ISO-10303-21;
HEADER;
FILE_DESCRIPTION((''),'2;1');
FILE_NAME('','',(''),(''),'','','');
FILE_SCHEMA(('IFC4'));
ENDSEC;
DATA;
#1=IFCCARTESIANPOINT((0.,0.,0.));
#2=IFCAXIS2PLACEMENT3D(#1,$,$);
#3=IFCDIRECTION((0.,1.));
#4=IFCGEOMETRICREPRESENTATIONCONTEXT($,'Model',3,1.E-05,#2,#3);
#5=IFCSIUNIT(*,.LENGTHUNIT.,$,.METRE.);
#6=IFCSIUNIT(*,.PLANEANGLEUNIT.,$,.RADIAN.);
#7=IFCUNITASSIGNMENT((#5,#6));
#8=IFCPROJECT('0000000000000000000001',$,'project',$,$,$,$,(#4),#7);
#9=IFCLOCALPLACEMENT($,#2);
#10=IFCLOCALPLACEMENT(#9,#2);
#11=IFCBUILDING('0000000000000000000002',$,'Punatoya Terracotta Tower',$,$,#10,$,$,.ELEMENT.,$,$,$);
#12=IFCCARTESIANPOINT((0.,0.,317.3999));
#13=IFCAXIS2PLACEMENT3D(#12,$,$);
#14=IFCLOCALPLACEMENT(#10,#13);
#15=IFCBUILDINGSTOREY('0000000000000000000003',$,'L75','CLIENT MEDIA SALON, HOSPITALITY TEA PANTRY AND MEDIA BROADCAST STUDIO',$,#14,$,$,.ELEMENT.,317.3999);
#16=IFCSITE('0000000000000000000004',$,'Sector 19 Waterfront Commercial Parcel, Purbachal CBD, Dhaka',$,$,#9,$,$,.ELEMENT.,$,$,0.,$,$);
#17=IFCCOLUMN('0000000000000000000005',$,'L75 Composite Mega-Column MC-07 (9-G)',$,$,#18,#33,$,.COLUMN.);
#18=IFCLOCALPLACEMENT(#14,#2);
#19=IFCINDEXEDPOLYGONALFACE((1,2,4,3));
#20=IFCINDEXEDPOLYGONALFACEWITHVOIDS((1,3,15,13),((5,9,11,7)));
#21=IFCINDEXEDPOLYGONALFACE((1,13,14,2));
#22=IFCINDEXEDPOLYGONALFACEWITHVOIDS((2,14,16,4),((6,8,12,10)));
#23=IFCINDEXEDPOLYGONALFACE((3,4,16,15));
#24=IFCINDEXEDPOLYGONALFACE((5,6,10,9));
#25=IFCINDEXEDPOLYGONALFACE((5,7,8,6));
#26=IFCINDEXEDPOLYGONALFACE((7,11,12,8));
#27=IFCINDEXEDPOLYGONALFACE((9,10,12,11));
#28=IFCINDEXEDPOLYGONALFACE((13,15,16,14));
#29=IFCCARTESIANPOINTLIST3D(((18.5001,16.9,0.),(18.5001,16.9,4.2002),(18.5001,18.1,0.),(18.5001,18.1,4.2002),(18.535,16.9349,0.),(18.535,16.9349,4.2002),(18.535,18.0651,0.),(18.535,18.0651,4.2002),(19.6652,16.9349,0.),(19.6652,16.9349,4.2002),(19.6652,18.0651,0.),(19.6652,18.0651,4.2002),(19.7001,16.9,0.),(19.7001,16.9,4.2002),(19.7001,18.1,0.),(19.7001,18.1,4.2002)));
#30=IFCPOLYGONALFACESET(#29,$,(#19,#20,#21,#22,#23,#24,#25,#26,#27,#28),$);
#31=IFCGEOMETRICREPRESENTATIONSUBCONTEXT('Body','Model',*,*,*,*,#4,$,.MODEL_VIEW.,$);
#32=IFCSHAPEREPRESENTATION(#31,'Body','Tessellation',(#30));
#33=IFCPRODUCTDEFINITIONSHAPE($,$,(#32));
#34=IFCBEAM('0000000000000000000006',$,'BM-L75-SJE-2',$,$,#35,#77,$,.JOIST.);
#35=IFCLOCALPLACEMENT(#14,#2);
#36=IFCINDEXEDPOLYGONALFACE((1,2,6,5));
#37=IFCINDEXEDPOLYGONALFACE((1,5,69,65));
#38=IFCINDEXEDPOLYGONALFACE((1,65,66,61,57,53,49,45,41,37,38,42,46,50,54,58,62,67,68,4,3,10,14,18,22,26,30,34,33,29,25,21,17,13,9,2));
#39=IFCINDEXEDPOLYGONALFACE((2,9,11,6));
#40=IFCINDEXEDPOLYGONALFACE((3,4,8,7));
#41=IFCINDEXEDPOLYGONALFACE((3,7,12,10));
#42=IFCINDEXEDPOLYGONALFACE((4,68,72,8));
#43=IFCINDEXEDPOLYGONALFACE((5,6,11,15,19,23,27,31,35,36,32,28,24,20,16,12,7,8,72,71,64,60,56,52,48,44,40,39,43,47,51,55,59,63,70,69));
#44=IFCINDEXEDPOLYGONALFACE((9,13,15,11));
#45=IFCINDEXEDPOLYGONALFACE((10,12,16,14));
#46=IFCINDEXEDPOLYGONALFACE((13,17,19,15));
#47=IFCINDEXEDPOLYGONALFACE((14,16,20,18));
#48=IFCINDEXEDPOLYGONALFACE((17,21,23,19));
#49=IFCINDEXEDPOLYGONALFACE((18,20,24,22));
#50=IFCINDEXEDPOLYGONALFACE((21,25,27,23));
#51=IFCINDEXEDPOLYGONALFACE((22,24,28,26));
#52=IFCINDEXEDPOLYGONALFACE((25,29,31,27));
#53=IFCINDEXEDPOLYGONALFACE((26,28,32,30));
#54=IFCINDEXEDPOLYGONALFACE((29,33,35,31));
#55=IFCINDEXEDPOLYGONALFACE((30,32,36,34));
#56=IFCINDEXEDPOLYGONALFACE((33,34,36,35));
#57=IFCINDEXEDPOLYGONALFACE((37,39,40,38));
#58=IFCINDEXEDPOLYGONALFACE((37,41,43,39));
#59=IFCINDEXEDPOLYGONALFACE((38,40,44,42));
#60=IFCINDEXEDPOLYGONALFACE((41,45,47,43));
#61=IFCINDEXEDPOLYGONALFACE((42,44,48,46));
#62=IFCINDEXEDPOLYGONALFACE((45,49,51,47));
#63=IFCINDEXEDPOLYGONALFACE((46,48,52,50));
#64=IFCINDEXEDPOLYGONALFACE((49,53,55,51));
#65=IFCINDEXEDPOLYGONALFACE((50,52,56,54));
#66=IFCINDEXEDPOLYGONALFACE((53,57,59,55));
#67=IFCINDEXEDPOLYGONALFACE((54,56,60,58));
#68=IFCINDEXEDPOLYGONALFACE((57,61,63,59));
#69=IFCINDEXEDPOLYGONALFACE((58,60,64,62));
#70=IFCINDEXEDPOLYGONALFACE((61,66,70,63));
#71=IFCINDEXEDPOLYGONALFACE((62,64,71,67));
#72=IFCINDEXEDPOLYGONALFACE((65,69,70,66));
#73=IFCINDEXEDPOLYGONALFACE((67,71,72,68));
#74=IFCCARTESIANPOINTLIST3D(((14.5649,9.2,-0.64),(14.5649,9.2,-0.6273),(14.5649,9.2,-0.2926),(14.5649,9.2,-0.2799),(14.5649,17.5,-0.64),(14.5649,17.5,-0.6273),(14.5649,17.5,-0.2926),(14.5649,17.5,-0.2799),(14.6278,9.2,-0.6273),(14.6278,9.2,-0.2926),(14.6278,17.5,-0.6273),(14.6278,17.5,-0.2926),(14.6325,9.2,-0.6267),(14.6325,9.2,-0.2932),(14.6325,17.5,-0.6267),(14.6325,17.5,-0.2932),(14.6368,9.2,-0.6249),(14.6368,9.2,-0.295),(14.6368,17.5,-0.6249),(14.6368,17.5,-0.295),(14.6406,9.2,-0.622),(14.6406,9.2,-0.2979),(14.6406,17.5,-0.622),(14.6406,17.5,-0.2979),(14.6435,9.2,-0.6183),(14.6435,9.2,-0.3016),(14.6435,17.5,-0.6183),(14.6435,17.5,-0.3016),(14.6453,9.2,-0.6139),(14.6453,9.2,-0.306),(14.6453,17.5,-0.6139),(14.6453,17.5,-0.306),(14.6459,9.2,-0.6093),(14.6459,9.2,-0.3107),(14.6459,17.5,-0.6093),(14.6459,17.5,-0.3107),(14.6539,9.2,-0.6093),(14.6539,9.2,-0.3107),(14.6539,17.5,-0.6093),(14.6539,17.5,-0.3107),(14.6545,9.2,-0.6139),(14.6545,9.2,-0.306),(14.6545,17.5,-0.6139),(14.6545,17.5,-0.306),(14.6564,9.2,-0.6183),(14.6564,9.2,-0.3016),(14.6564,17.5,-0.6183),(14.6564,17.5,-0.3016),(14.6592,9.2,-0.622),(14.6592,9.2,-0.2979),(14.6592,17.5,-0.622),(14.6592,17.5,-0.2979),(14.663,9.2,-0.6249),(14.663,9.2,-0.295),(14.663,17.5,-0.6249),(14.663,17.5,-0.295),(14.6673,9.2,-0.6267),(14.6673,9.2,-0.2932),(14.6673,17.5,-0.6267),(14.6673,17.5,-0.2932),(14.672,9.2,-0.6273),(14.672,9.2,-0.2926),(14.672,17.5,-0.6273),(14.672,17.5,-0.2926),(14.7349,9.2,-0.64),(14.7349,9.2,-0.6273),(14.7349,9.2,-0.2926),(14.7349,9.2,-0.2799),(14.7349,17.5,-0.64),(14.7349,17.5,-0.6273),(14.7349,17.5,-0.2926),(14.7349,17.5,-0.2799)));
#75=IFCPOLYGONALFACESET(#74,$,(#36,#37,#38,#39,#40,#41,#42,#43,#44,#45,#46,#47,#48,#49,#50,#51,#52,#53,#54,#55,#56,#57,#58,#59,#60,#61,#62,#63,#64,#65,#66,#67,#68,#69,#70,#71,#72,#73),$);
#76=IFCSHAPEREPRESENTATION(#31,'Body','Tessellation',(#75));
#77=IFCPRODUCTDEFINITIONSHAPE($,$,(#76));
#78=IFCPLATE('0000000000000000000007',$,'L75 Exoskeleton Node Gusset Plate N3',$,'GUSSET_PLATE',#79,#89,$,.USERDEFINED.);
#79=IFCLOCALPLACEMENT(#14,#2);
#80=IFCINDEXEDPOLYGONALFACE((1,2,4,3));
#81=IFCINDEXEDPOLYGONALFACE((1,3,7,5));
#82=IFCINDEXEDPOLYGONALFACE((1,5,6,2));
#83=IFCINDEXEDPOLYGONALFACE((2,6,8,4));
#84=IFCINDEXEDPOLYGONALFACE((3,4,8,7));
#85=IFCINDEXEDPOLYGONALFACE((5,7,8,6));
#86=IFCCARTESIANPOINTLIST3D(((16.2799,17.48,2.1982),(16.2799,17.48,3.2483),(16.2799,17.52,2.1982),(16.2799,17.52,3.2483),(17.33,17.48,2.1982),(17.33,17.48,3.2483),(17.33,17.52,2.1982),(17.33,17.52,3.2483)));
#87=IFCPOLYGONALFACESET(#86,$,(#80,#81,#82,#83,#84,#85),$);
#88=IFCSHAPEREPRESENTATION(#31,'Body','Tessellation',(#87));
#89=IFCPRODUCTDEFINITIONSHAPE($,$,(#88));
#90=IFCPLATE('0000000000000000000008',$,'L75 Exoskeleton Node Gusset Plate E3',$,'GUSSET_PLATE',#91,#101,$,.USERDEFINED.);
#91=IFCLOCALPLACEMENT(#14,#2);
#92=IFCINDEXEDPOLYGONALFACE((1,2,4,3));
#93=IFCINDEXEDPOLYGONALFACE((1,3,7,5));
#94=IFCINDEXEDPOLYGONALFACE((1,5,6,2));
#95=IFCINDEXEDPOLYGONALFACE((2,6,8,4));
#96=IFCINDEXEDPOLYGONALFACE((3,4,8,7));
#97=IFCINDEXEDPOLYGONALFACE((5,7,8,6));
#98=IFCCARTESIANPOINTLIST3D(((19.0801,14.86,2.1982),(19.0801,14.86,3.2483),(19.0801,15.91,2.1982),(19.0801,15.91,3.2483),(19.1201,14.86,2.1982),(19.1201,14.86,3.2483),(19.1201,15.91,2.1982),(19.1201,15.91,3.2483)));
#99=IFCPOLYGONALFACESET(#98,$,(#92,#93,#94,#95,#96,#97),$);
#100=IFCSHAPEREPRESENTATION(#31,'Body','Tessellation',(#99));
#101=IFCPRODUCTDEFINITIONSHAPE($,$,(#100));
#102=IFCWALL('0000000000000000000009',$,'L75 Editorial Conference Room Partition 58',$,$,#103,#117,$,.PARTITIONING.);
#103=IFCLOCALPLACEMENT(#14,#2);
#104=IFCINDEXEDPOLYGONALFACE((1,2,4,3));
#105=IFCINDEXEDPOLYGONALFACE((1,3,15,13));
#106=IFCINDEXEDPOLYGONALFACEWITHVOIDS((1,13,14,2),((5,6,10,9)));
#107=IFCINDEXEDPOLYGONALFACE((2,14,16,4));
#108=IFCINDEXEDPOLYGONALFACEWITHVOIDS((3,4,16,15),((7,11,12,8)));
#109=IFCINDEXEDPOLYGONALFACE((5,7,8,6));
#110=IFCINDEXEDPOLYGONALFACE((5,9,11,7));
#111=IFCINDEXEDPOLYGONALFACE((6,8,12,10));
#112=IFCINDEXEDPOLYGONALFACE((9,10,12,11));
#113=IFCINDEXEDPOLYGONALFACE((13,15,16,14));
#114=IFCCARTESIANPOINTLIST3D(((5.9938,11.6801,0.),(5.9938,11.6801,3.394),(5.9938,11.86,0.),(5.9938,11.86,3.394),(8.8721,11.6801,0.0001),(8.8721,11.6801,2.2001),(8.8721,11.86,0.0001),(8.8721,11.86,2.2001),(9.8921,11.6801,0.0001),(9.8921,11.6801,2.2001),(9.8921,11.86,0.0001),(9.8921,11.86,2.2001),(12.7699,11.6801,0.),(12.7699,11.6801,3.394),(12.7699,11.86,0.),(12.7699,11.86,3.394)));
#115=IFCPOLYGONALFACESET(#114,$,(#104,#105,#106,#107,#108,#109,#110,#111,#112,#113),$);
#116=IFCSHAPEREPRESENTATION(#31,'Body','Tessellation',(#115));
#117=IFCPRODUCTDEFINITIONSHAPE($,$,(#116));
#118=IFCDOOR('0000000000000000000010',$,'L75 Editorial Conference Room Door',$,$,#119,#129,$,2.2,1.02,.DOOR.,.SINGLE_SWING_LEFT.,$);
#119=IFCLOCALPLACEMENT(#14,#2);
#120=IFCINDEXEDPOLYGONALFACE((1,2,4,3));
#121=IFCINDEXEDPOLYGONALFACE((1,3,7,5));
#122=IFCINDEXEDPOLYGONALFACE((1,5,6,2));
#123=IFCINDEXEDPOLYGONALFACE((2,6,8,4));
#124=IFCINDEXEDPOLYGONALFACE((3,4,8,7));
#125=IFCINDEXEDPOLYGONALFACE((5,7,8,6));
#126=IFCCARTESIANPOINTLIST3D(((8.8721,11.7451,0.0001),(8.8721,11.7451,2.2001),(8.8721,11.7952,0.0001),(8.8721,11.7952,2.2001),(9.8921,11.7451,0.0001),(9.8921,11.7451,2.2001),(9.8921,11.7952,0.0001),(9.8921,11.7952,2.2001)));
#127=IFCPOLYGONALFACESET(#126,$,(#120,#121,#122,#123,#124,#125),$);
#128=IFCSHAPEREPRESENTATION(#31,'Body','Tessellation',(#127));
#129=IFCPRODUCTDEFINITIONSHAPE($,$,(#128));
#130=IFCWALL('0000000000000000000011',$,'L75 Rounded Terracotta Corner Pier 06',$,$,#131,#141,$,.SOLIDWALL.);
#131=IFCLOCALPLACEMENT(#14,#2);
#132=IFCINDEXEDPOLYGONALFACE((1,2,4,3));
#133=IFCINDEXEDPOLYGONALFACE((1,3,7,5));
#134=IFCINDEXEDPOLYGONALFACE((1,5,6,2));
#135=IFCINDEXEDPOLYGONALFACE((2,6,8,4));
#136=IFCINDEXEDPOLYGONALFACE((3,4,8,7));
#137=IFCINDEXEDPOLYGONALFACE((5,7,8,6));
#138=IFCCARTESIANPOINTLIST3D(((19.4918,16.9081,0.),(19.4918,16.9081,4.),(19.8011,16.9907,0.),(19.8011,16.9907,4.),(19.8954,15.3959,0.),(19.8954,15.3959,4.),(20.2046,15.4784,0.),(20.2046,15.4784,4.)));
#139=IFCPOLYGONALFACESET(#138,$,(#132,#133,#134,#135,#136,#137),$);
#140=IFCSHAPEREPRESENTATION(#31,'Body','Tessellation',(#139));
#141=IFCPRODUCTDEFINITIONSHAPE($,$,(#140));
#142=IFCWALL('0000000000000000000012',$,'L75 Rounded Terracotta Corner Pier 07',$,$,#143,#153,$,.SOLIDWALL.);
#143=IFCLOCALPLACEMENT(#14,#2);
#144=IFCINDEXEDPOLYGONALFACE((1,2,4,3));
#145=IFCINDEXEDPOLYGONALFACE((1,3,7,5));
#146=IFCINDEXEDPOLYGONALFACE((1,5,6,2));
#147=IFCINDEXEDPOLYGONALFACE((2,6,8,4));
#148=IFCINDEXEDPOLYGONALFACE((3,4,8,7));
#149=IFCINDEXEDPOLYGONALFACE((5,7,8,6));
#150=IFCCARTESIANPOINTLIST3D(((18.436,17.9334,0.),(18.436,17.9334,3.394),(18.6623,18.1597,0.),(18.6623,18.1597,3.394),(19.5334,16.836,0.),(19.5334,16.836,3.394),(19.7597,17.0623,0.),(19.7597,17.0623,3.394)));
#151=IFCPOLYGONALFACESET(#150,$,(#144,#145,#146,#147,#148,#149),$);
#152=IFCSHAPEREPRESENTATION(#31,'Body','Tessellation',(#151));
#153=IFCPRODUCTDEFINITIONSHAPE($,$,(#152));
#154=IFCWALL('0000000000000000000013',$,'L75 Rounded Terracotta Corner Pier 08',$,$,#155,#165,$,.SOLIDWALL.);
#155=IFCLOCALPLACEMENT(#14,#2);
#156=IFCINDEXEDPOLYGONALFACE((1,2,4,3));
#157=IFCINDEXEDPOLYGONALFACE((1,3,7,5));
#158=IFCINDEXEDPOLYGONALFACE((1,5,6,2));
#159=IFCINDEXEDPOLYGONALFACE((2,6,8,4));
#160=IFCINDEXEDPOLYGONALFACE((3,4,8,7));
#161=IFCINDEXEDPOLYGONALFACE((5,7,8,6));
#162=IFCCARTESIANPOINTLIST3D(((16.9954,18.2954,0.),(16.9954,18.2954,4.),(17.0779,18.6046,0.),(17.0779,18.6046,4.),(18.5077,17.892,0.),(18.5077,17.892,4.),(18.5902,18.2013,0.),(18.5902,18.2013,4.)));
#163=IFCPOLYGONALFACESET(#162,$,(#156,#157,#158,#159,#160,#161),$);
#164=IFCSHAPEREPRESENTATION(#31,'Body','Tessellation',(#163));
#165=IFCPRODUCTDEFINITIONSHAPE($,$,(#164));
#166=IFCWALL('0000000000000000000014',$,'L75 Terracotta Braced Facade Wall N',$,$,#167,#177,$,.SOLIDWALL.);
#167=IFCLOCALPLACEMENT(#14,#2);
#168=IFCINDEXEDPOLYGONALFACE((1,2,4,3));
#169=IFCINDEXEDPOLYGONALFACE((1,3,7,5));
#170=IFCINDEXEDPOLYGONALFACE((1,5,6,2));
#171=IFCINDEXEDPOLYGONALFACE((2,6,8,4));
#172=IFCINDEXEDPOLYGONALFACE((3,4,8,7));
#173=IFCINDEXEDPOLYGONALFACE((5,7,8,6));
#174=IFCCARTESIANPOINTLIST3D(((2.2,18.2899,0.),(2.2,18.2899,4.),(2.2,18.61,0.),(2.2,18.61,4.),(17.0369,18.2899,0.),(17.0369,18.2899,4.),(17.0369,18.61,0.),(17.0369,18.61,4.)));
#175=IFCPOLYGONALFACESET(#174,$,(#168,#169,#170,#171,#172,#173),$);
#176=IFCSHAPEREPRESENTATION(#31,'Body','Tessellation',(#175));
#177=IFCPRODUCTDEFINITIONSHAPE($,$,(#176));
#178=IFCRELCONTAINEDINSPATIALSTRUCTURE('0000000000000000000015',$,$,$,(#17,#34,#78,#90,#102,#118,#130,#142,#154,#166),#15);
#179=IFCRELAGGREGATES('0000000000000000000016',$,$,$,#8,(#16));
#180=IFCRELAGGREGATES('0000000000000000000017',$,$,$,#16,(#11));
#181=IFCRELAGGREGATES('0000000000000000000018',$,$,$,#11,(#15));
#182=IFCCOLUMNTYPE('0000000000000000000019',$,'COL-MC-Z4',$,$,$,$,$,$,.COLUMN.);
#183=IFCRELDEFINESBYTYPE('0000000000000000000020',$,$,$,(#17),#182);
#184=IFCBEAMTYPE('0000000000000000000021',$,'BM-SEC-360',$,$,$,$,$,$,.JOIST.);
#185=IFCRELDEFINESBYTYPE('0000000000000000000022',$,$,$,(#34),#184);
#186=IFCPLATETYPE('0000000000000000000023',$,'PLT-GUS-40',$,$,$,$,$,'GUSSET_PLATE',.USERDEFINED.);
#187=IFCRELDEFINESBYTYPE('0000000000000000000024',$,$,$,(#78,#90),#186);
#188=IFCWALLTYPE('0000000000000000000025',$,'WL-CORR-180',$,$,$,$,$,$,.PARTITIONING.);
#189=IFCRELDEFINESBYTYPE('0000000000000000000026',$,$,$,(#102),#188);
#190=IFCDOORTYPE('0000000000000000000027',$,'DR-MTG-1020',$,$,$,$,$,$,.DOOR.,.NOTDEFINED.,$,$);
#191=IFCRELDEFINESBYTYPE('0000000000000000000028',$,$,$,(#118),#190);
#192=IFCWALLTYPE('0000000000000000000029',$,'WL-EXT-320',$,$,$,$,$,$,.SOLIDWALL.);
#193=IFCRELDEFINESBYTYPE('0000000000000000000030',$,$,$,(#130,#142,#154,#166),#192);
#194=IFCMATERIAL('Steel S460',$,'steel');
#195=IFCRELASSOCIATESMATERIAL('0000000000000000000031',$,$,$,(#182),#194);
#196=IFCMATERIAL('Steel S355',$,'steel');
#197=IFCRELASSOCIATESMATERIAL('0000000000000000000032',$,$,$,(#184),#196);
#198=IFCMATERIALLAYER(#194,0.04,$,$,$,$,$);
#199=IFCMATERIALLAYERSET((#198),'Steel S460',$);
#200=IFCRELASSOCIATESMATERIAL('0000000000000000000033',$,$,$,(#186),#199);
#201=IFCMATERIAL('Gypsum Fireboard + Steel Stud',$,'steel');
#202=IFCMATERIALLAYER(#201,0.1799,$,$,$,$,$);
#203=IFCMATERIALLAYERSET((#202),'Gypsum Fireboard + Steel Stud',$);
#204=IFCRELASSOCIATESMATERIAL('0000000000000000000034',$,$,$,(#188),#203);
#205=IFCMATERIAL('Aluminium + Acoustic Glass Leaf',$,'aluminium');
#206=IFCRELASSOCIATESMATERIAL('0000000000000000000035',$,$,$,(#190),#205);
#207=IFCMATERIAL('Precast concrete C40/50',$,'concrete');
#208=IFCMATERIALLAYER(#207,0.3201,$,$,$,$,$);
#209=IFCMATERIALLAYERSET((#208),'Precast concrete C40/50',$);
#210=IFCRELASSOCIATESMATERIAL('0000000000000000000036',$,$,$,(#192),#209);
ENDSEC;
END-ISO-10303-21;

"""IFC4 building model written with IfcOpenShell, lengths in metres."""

from ifc_helpers import new_model, si_unit, direction, frame, frame_2d, origin, origin_2d, place, context, subcontext, project, spatial, rectangle, hollow_rectangle, i_section, extrude, material, layer, layer_set, material_profile, profile_set, type_object, element, fill, save


model = new_model("IFC4")

# Units and contexts
model_context = context("Model", 3, precision=1e-05, world=origin(), true_north=direction((0.0, 1.0)))
body_context = subcontext(model_context, "Body", "Model", "MODEL_VIEW")
ifc_project = project(units=[si_unit("LENGTHUNIT", "METRE"), si_unit("PLANEANGLEUNIT", "RADIAN")], contexts=[model_context])

# Site, building, storey
site_placement = place(None, origin())
site = spatial("IfcSite", under=ifc_project, at=site_placement, Name="Sector 19 Waterfront Commercial Parcel, Purbachal CBD, Dhaka", CompositionType="ELEMENT", RefElevation=0.0)
building_placement = place(site_placement, origin())
building = spatial("IfcBuilding", under=site, at=building_placement, Name="Punatoya Terracotta Tower", CompositionType="ELEMENT")
storey_placement = place(building_placement, frame((0.0, 0.0, 317.3999)))
storey = spatial("IfcBuildingStorey", under=building, at=storey_placement, Name="L75", Description="CLIENT MEDIA SALON, HOSPITALITY TEA PANTRY AND MEDIA BROADCAST STUDIO", CompositionType="ELEMENT", Elevation=317.3999)

# Column
ifc_material_1 = material(Name="Steel S460", Category="steel")
ifc_material_profile_1 = material_profile(ifc_material_1, hollow_rectangle(XDim=1.2, YDim=1.2, WallThickness=0.0349, at=origin_2d()))
ifc_profile_set_1 = profile_set([ifc_material_profile_1], Name="Steel S460")
column_type = type_object("IfcColumnType", Name="COL-MC-Z4", PredefinedType="COLUMN", material=ifc_profile_set_1)
column_placement = place(storey_placement, frame((19.1001, 17.5, 0.0), z_axis=(0.0, 0.0, 1.0), x_axis=(1.0, 0.0, 0.0)))
element("IfcColumn", 1, at=column_placement, inside=storey, type_object=column_type, Name="L75 Composite Mega-Column MC-07 (9-G)", PredefinedType="COLUMN", context=body_context, shape_type="SweptSolid", body=[
    extrude(hollow_rectangle(XDim=1.2, YDim=1.2, WallThickness=0.0349, at=origin_2d()), origin(), (0.0, 0.0, 1.0), 4.2002),
])

# Beam
ifc_material_2 = material(Name="Steel S355", Category="steel")
ifc_material_profile_2 = material_profile(ifc_material_2, i_section(OverallWidth=0.1699, OverallDepth=0.3601, WebThickness=0.0081, FlangeThickness=0.0127, FilletRadius=0.0181, at=origin_2d()))
ifc_profile_set_2 = profile_set([ifc_material_profile_2], Name="Steel S355")
beam_type = type_object("IfcBeamType", Name="BM-SEC-360", PredefinedType="JOIST", material=ifc_profile_set_2)
beam_placement = place(storey_placement, frame((14.6499, 9.2, -0.46), z_axis=(0.0, 1.0, 0.0), x_axis=(-1.0, 0.0, 0.0)))
element("IfcBeam", 2, at=beam_placement, inside=storey, type_object=beam_type, Name="BM-L75-SJE-2", PredefinedType="JOIST", context=body_context, shape_type="SweptSolid", body=[
    extrude(i_section(OverallWidth=0.1699, OverallDepth=0.3601, WebThickness=0.0081, FlangeThickness=0.0127, FilletRadius=0.0181, at=origin_2d()), origin(), (0.0, 0.0, 1.0), 8.3),
])

# Plates
ifc_layer_1 = layer(ifc_material_1, 0.04)
ifc_layer_set_1 = layer_set([ifc_layer_1], Name="Steel S460")
plate_type = type_object("IfcPlateType", Name="PLT-GUS-40", ElementType="GUSSET_PLATE", PredefinedType="USERDEFINED", material=ifc_layer_set_1)
for number, where, z_axis, x_axis, name in (
    (3, (16.8049, 17.5, 2.1982), (0.0, 0.0, 1.0), (1.0, 0.0, 0.0), "L75 Exoskeleton Node Gusset Plate N3"),
    (4, (19.1001, 15.385, 2.1982), (0.0, 0.0, 1.0), (0.0, 1.0, 0.0), "L75 Exoskeleton Node Gusset Plate E3"),
):
    element("IfcPlate", number, at=place(storey_placement, frame(where, z_axis=z_axis, x_axis=x_axis)), inside=storey, type_object=plate_type, Name=name, ObjectType="GUSSET_PLATE", PredefinedType="USERDEFINED", context=body_context, shape_type="SweptSolid", body=[
        extrude(rectangle(XDim=1.05, YDim=0.04, at=origin_2d()), origin(), (0.0, 0.0, 1.0), 1.05),
    ])

# Wall, opening, door
ifc_material_3 = material(Name="Gypsum Fireboard + Steel Stud", Category="steel")
ifc_layer_2 = layer(ifc_material_3, 0.1799)
ifc_layer_set_2 = layer_set([ifc_layer_2], Name="Gypsum Fireboard + Steel Stud")
wall_type_1 = type_object("IfcWallType", Name="WL-CORR-180", PredefinedType="PARTITIONING", material=ifc_layer_set_2)
wall_1_placement = place(storey_placement, frame((12.77, 11.77, 0.0), z_axis=(0.0, 0.0, 1.0), x_axis=(-1.0, 0.0, 0.0)))
wall_1 = element("IfcWall", 5, at=wall_1_placement, inside=storey, type_object=wall_type_1, Name="L75 Editorial Conference Room Partition 58", PredefinedType="PARTITIONING", context=body_context, shape_type="SweptSolid", body=[
    extrude(rectangle(XDim=6.7761, YDim=0.1799, at=frame_2d((3.3882, 0.0))), origin(), (0.0, 0.0, 1.0), 3.394),
])
opening_placement = place(wall_1_placement, frame((2.8779, 0.0, 0.0)))
opening = element("IfcOpeningElement", 6, at=opening_placement, cuts=wall_1, PredefinedType="OPENING", context=body_context, shape_type="SweptSolid", body=[
    extrude(rectangle(XDim=1.02, YDim=2.2, at=frame_2d((0.51, 1.1001))), frame((0.0, 0.0999, 0.0), z_axis=(0.0, -1.0, 0.0), x_axis=(1.0, 0.0, 0.0)), (0.0, 0.0, 1.0), 0.2),
])
ifc_material_4 = material(Name="Aluminium + Acoustic Glass Leaf", Category="aluminium")
door_type = type_object("IfcDoorType", Name="DR-MTG-1020", OperationType="NOTDEFINED", PredefinedType="DOOR", material=ifc_material_4)
door_placement = place(opening_placement, origin())
door = element("IfcDoor", 7, at=door_placement, inside=storey, type_object=door_type, Name="L75 Editorial Conference Room Door", OperationType="SINGLE_SWING_LEFT", OverallHeight=2.2, OverallWidth=1.02, PredefinedType="DOOR", context=body_context, shape_type="SweptSolid", body=[
    extrude(rectangle(XDim=1.02, YDim=2.2, at=frame_2d((0.51, 1.1001))), frame((0.0, 0.0249, 0.0), z_axis=(0.0, -1.0, 0.0), x_axis=(1.0, 0.0, 0.0)), (0.0, 0.0, 1.0), 0.05),
])
fill(opening, door)

# Walls
ifc_material_5 = material(Name="Precast concrete C40/50", Category="concrete")
ifc_layer_3 = layer(ifc_material_5, 0.3201)
ifc_layer_set_3 = layer_set([ifc_layer_3], Name="Precast concrete C40/50")
wall_type_2 = type_object("IfcWallType", Name="WL-EXT-320", PredefinedType="SOLIDWALL", material=ifc_layer_set_3)
wall_2_placement = place(storey_placement, frame((20.05, 15.437, 0.0), z_axis=(0.0, 0.0, 1.0), x_axis=(-0.257847, 0.966186, 0.0)))
element("IfcWall", 8, at=wall_2_placement, inside=storey, type_object=wall_type_2, Name="L75 Rounded Terracotta Corner Pier 06", PredefinedType="SOLIDWALL", context=body_context, shape_type="SweptSolid", body=[
    extrude(rectangle(XDim=1.5652, YDim=0.3201, at=frame_2d((0.7827, 0.0))), origin(), (0.0, 0.0, 1.0), 4.0),
])
wall_3_placement = place(storey_placement, frame((19.6465, 16.9492, 0.0), z_axis=(0.0, 0.0, 1.0), x_axis=(-0.707107, 0.707107, 0.0)))
element("IfcWall", 9, at=wall_3_placement, inside=storey, type_object=wall_type_2, Name="L75 Rounded Terracotta Corner Pier 07", PredefinedType="SOLIDWALL", context=body_context, shape_type="SweptSolid", body=[
    extrude(rectangle(XDim=1.552, YDim=0.3201, at=frame_2d((0.7759, 0.0))), origin(), (0.0, 0.0, 1.0), 3.394),
])
wall_4_placement = place(storey_placement, frame((18.5491, 18.0466, 0.0), z_axis=(0.0, 0.0, 1.0), x_axis=(-0.966225, 0.257701, 0.0)))
element("IfcWall", 10, at=wall_4_placement, inside=storey, type_object=wall_type_2, Name="L75 Rounded Terracotta Corner Pier 08", PredefinedType="SOLIDWALL", context=body_context, shape_type="SweptSolid", body=[
    extrude(rectangle(XDim=1.5652, YDim=0.3201, at=frame_2d((0.7827, 0.0))), origin(), (0.0, 0.0, 1.0), 4.0),
])
wall_5_placement = place(storey_placement, frame((17.0369, 18.45, 0.0), z_axis=(0.0, 0.0, 1.0), x_axis=(-1.0, 0.0, 0.0)))
element("IfcWall", 11, at=wall_5_placement, inside=storey, type_object=wall_type_2, Name="L75 Terracotta Braced Facade Wall N", PredefinedType="SOLIDWALL", context=body_context, shape_type="SweptSolid", body=[
    extrude(rectangle(XDim=14.8369, YDim=0.3201, at=frame_2d((7.4185, 0.0))), origin(), (0.0, 0.0, 1.0), 4.0),
])

save(model, "model.ifc")
